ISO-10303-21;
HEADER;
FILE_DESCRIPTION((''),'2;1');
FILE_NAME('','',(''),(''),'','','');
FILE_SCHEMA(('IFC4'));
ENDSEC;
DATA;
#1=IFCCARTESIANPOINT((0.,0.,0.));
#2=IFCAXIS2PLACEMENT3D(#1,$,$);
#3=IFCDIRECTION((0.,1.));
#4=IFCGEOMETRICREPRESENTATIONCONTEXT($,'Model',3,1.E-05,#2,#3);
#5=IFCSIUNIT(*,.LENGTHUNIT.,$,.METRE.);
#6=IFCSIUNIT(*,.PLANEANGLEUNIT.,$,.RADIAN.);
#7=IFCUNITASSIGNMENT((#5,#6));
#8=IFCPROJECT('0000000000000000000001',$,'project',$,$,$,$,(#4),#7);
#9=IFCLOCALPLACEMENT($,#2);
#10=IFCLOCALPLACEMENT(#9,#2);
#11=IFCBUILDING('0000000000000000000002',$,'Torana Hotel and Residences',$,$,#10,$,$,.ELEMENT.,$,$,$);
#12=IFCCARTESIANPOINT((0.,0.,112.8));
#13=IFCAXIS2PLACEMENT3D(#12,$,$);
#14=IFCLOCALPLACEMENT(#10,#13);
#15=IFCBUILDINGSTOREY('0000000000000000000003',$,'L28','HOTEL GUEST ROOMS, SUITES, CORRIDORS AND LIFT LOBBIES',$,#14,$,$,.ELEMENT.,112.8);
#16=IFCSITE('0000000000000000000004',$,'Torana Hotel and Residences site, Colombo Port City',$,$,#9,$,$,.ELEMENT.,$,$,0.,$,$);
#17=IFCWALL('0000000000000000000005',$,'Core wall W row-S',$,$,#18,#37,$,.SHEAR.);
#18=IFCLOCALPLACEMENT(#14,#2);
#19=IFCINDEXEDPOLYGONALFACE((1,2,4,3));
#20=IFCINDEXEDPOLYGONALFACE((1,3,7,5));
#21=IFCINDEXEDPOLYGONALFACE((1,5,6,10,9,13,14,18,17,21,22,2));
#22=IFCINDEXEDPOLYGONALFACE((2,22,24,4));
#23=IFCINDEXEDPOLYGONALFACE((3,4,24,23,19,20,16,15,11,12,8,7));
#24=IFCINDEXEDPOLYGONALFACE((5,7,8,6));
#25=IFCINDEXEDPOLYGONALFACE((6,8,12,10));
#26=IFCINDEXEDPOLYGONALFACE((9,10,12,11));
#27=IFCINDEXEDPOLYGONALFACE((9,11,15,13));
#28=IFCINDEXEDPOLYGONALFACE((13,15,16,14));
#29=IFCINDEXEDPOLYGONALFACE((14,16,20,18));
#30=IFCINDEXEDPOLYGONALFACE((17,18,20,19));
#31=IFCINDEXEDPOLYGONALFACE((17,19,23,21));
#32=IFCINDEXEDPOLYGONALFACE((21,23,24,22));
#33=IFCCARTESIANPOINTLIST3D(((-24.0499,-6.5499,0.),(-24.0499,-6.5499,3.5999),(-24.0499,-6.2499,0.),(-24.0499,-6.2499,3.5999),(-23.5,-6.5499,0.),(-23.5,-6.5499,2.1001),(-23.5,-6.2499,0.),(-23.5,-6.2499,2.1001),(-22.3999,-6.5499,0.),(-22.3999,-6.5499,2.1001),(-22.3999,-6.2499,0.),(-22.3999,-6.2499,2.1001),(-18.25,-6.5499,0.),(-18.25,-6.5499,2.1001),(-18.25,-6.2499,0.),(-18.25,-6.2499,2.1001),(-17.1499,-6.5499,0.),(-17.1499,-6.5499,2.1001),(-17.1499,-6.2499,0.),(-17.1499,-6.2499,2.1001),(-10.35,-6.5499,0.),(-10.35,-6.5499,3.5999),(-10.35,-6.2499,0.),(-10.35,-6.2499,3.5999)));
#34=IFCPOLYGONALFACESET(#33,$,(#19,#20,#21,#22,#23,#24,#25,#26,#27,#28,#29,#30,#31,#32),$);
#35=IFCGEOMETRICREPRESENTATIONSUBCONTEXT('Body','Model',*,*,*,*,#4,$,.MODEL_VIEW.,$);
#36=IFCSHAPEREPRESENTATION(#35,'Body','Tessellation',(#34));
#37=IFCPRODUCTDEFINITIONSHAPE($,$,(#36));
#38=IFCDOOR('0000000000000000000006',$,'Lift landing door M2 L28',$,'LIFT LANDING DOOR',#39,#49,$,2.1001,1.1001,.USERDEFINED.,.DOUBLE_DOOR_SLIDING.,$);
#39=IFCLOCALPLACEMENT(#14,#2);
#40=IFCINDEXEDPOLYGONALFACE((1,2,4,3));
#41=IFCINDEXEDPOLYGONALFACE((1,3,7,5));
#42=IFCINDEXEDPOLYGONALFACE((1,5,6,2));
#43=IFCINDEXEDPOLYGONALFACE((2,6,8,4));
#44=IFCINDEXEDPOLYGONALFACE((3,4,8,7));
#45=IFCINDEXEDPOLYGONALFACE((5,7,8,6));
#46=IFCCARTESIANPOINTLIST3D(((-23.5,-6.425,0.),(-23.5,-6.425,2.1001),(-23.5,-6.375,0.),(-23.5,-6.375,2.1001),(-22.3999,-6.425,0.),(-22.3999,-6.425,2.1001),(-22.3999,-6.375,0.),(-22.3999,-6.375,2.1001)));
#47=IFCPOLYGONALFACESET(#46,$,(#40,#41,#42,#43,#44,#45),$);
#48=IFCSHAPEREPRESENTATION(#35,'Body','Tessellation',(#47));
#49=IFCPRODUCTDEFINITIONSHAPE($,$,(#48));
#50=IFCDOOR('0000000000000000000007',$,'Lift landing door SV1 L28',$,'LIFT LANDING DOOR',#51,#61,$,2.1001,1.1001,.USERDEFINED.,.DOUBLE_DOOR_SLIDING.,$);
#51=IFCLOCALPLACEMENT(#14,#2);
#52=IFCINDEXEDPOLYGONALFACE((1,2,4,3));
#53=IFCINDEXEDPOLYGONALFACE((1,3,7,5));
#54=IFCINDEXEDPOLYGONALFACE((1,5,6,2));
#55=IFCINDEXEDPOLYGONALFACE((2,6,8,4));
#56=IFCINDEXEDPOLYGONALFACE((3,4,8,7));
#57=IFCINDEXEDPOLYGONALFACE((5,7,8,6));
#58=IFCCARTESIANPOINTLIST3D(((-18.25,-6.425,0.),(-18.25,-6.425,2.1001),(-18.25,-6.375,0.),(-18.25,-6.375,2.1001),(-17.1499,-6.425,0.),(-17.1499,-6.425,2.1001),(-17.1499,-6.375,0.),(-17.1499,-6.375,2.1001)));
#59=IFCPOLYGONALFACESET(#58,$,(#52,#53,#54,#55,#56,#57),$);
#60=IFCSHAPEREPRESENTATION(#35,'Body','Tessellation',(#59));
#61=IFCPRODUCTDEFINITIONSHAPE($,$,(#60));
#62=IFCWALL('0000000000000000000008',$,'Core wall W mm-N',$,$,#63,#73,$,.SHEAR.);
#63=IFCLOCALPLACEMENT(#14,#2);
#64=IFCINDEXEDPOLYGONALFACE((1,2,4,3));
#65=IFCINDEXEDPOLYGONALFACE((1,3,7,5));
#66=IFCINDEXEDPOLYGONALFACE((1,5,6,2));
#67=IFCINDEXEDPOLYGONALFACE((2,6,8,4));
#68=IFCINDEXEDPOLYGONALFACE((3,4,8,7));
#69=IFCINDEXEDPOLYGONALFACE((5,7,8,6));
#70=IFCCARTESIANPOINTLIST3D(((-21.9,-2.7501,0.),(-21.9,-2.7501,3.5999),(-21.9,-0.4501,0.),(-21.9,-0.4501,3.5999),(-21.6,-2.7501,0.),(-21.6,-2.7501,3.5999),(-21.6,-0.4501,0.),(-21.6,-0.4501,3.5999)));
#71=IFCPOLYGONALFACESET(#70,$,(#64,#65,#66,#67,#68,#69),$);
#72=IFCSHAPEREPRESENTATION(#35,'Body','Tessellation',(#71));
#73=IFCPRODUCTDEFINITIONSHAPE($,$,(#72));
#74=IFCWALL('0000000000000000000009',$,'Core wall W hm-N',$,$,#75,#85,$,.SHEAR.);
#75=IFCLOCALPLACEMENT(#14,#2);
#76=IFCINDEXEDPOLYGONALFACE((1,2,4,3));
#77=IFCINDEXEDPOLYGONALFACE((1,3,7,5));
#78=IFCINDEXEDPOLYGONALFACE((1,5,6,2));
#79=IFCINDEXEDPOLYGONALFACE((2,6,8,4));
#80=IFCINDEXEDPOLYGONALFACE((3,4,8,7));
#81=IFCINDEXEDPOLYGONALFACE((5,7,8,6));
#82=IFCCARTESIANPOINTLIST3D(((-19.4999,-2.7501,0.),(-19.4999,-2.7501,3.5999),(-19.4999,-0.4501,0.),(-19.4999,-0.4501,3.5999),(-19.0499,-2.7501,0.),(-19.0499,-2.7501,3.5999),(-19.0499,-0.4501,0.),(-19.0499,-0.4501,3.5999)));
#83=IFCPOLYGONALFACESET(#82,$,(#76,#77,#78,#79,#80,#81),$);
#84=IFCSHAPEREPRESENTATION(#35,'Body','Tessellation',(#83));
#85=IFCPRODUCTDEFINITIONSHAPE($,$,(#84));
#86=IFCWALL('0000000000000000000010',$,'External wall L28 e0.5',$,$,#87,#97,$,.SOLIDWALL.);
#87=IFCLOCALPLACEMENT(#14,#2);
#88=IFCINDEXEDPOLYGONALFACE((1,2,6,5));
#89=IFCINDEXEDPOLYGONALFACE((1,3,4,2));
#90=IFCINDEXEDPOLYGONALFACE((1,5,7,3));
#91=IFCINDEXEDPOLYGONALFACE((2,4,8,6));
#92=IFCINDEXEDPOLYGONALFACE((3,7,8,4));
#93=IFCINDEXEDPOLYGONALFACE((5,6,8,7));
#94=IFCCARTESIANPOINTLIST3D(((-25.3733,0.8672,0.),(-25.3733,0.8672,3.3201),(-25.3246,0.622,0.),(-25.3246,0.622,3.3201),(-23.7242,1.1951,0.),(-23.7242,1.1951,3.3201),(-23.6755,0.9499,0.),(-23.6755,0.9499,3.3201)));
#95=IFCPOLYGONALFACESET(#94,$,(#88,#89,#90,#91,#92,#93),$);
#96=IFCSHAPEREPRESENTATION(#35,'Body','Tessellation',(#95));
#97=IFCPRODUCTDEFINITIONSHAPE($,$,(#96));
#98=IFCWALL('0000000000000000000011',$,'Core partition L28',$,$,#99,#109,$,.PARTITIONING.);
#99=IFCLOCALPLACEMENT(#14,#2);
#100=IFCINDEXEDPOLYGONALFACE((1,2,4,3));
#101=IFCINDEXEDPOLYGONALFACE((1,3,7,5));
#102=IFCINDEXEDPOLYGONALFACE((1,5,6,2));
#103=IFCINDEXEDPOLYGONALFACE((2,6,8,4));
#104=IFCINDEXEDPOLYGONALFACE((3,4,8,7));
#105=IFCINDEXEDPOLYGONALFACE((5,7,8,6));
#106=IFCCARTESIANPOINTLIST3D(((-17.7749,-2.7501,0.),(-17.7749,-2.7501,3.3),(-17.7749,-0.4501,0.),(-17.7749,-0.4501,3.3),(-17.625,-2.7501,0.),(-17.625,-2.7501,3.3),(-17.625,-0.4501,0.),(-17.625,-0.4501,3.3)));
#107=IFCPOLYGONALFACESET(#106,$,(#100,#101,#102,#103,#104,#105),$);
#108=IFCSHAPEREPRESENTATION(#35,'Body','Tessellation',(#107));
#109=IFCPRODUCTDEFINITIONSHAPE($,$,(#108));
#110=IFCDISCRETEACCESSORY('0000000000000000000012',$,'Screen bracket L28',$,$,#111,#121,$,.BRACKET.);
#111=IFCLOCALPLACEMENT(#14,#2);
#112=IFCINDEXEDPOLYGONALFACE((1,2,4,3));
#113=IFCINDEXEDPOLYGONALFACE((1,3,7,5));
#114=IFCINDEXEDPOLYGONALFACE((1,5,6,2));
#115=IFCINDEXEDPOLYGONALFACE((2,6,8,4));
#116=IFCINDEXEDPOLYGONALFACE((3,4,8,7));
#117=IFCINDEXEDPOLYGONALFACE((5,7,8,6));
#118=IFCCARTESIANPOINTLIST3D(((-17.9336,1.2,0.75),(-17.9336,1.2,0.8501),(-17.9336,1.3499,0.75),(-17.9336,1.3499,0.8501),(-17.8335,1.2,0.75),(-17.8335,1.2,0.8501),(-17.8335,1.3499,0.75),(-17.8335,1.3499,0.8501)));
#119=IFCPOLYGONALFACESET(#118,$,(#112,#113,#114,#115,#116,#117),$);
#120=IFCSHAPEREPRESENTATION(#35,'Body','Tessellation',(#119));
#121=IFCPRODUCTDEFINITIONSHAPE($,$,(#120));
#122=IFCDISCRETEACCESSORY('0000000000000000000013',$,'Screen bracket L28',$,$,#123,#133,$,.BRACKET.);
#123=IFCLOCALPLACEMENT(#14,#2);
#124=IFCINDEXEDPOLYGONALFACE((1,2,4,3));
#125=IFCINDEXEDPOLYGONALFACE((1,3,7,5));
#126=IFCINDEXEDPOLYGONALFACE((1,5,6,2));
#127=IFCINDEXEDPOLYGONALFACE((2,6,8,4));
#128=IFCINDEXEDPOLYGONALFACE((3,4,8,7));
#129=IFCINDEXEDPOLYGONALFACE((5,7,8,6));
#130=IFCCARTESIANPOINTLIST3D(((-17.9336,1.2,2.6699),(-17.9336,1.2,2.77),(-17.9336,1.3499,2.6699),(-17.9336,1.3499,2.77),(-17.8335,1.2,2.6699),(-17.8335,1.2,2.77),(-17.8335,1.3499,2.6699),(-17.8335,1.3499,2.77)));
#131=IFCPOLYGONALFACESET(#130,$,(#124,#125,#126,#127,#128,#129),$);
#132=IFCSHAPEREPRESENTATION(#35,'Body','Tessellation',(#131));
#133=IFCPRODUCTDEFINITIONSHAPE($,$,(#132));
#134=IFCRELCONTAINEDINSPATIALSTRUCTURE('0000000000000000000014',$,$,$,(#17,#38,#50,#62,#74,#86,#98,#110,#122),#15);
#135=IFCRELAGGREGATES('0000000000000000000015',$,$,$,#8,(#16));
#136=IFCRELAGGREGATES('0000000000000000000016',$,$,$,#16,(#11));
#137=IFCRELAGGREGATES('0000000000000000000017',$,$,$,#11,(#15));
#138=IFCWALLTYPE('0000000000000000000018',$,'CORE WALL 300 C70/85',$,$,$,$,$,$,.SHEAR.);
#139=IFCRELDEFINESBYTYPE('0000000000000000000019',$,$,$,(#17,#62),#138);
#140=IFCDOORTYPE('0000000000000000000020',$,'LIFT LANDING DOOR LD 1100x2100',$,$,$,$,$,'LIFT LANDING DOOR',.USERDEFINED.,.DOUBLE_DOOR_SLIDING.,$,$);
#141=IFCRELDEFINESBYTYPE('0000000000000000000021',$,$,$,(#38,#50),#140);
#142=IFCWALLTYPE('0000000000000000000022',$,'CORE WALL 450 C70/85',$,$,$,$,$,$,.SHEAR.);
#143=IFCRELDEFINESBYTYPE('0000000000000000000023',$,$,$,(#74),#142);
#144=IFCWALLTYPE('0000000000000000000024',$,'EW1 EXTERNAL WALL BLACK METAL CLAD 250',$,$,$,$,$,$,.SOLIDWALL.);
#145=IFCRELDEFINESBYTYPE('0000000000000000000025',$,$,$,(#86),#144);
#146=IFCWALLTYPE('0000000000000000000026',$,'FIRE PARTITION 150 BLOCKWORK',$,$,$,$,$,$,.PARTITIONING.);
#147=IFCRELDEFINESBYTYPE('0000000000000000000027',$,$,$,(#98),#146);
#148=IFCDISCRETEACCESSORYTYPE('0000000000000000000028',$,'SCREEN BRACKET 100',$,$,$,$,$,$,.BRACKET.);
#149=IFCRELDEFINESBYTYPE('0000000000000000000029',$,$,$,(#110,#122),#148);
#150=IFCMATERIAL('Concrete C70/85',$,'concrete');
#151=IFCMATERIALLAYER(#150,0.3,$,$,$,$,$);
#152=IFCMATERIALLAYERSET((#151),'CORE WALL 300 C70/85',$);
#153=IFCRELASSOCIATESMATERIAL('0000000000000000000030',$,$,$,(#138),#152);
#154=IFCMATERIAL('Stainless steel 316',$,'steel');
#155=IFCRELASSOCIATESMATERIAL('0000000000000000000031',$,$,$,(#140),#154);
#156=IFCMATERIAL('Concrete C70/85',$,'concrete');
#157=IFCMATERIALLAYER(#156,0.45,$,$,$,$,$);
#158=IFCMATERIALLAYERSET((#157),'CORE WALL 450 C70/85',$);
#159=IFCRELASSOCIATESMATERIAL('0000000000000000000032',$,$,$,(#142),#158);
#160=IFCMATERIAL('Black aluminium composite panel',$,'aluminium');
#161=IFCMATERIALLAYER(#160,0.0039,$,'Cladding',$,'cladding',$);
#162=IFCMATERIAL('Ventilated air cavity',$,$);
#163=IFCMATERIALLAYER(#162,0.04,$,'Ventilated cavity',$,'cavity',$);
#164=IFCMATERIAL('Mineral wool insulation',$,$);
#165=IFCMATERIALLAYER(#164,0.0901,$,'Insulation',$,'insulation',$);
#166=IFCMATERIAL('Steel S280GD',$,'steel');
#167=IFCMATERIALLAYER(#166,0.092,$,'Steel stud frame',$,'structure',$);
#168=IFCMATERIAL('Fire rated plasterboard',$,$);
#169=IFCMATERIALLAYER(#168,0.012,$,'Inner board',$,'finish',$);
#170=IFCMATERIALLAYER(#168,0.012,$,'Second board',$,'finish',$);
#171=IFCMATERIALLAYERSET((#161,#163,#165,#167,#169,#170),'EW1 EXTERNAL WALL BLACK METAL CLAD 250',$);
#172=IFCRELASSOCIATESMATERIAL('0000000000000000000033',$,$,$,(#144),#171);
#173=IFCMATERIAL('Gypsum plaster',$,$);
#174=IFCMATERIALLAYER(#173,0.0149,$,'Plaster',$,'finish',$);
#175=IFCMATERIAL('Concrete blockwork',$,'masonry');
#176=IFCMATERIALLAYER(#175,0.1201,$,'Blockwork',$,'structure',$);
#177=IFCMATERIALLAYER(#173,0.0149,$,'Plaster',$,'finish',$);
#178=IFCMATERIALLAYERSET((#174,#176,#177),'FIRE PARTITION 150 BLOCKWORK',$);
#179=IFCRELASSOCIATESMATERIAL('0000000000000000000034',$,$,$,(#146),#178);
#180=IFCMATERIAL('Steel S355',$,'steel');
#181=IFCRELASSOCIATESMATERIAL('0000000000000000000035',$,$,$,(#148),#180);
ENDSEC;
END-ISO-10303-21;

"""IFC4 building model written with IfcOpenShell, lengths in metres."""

from ifc_helpers import new_model, si_unit, direction, frame, frame_2d, origin, origin_2d, place, context, subcontext, project, spatial, rectangle, extrude, material, layer, layer_set, type_object, element, fill, save


model = new_model("IFC4")

# Units and contexts
model_context = context("Model", 3, precision=1e-05, world=origin(), true_north=direction((0.0, 1.0)))
body_context = subcontext(model_context, "Body", "Model", "MODEL_VIEW")
ifc_project = project(units=[si_unit("LENGTHUNIT", "METRE"), si_unit("PLANEANGLEUNIT", "RADIAN")], contexts=[model_context])

# Site, building, storey
site_placement = place(None, origin())
site = spatial("IfcSite", under=ifc_project, at=site_placement, Name="Torana Hotel and Residences site, Colombo Port City", CompositionType="ELEMENT", RefElevation=0.0)
building_placement = place(site_placement, origin())
building = spatial("IfcBuilding", under=site, at=building_placement, Name="Torana Hotel and Residences", CompositionType="ELEMENT")
storey_placement = place(building_placement, frame((0.0, 0.0, 112.8)))
storey = spatial("IfcBuildingStorey", under=building, at=storey_placement, Name="L28", Description="HOTEL GUEST ROOMS, SUITES, CORRIDORS AND LIFT LOBBIES", CompositionType="ELEMENT", Elevation=112.8)

# Wall, openings, doors
ifc_material_1 = material(Name="Concrete C70/85", Category="concrete")
ifc_layer_1 = layer(ifc_material_1, 0.3)
ifc_layer_set_1 = layer_set([ifc_layer_1], Name="CORE WALL 300 C70/85")
wall_type_1 = type_object("IfcWallType", Name="CORE WALL 300 C70/85", PredefinedType="SHEAR", material=ifc_layer_set_1)
ifc_material_2 = material(Name="Stainless steel 316", Category="steel")
door_type_1 = type_object("IfcDoorType", Name="LIFT LANDING DOOR LD 1100x2100", ElementType="LIFT LANDING DOOR", OperationType="DOUBLE_DOOR_SLIDING", PredefinedType="USERDEFINED", material=ifc_material_2)
wall_1_placement = place(storey_placement, frame((-24.05, -6.3999, 0.0), z_axis=(0.0, 0.0, 1.0), x_axis=(1.0, 0.0, 0.0)))
wall_1 = element("IfcWall", 1, at=wall_1_placement, inside=storey, type_object=wall_type_1, Name="Core wall W row-S", PredefinedType="SHEAR", context=body_context, shape_type="SweptSolid", body=[
    extrude(rectangle(XDim=13.7, YDim=0.3, at=frame_2d((6.8501, 0.0))), origin(), (0.0, 0.0, 1.0), 3.5999),
])
opening_1_placement = place(wall_1_placement, frame((0.55, 0.0, 0.0)))
opening_1 = element("IfcOpeningElement", 2, at=opening_1_placement, cuts=wall_1, PredefinedType="OPENING", context=body_context, shape_type="SweptSolid", body=[
    extrude(rectangle(XDim=1.1001, YDim=2.1001, at=frame_2d((0.55, 1.05))), frame((0.0, 0.1599, 0.0), z_axis=(0.0, -1.0, 0.0), x_axis=(1.0, 0.0, 0.0)), (0.0, 0.0, 1.0), 0.3201),
])
opening_2_placement = place(wall_1_placement, frame((5.8, 0.0, 0.0)))
opening_2 = element("IfcOpeningElement", 3, at=opening_2_placement, cuts=wall_1, PredefinedType="OPENING", context=body_context, shape_type="SweptSolid", body=[
    extrude(rectangle(XDim=1.1001, YDim=2.1001, at=frame_2d((0.55, 1.05))), frame((0.0, 0.1599, 0.0), z_axis=(0.0, -1.0, 0.0), x_axis=(1.0, 0.0, 0.0)), (0.0, 0.0, 1.0), 0.3201),
])
door_1_placement = place(opening_1_placement, origin())
door_1 = element("IfcDoor", 4, at=door_1_placement, inside=storey, type_object=door_type_1, Name="Lift landing door M2 L28", ObjectType="LIFT LANDING DOOR", OperationType="DOUBLE_DOOR_SLIDING", OverallHeight=2.1001, OverallWidth=1.1001, PredefinedType="USERDEFINED", context=body_context, shape_type="SweptSolid", body=[
    extrude(rectangle(XDim=1.1001, YDim=2.1001, at=frame_2d((0.55, 1.05))), frame((0.0, 0.0249, 0.0), z_axis=(0.0, -1.0, 0.0), x_axis=(1.0, 0.0, 0.0)), (0.0, 0.0, 1.0), 0.05),
])
fill(opening_1, door_1)
door_2_placement = place(opening_2_placement, origin())
door_2 = element("IfcDoor", 5, at=door_2_placement, inside=storey, type_object=door_type_1, Name="Lift landing door SV1 L28", ObjectType="LIFT LANDING DOOR", OperationType="DOUBLE_DOOR_SLIDING", OverallHeight=2.1001, OverallWidth=1.1001, PredefinedType="USERDEFINED", context=body_context, shape_type="SweptSolid", body=[
    extrude(rectangle(XDim=1.1001, YDim=2.1001, at=frame_2d((0.55, 1.05))), frame((0.0, 0.0249, 0.0), z_axis=(0.0, -1.0, 0.0), x_axis=(1.0, 0.0, 0.0)), (0.0, 0.0, 1.0), 0.05),
])
fill(opening_2, door_2)

# Walls
wall_2_placement = place(storey_placement, frame((-21.75, -2.75, 0.0), z_axis=(0.0, 0.0, 1.0), x_axis=(0.0, 1.0, 0.0)))
element("IfcWall", 6, at=wall_2_placement, inside=storey, type_object=wall_type_1, Name="Core wall W mm-N", PredefinedType="SHEAR", context=body_context, shape_type="SweptSolid", body=[
    extrude(rectangle(XDim=2.3, YDim=0.3, at=frame_2d((1.1499, 0.0))), origin(), (0.0, 0.0, 1.0), 3.5999),
])
ifc_material_3 = material(Name="Concrete C70/85", Category="concrete")
ifc_layer_2 = layer(ifc_material_3, 0.45)
ifc_layer_set_2 = layer_set([ifc_layer_2], Name="CORE WALL 450 C70/85")
wall_type_2 = type_object("IfcWallType", Name="CORE WALL 450 C70/85", PredefinedType="SHEAR", material=ifc_layer_set_2)
wall_3_placement = place(storey_placement, frame((-19.2749, -2.75, 0.0), z_axis=(0.0, 0.0, 1.0), x_axis=(0.0, 1.0, 0.0)))
element("IfcWall", 7, at=wall_3_placement, inside=storey, type_object=wall_type_2, Name="Core wall W hm-N", PredefinedType="SHEAR", context=body_context, shape_type="SweptSolid", body=[
    extrude(rectangle(XDim=2.3, YDim=0.45, at=frame_2d((1.1499, 0.0))), origin(), (0.0, 0.0, 1.0), 3.5999),
])
ifc_material_4 = material(Name="Black aluminium composite panel", Category="aluminium")
ifc_layer_3 = layer(ifc_material_4, 0.0039, Name="Cladding", Category="cladding")
ifc_material_5 = material(Name="Ventilated air cavity")
ifc_layer_4 = layer(ifc_material_5, 0.04, Name="Ventilated cavity", Category="cavity")
ifc_material_6 = material(Name="Mineral wool insulation")
ifc_layer_5 = layer(ifc_material_6, 0.0901, Name="Insulation", Category="insulation")
ifc_material_7 = material(Name="Steel S280GD", Category="steel")
ifc_layer_6 = layer(ifc_material_7, 0.092, Name="Steel stud frame", Category="structure")
ifc_material_8 = material(Name="Fire rated plasterboard")
ifc_layer_7 = layer(ifc_material_8, 0.012, Name="Inner board", Category="finish")
ifc_layer_8 = layer(ifc_material_8, 0.012, Name="Second board", Category="finish")
ifc_layer_set_3 = layer_set([ifc_layer_3, ifc_layer_4, ifc_layer_5, ifc_layer_6, ifc_layer_7, ifc_layer_8], Name="EW1 EXTERNAL WALL BLACK METAL CLAD 250")
wall_type_3 = type_object("IfcWallType", Name="EW1 EXTERNAL WALL BLACK METAL CLAD 250", PredefinedType="SOLIDWALL", material=ifc_layer_set_3)
wall_4_placement = place(storey_placement, frame((-23.6997, 1.0725, 0.0), z_axis=(0.0, 0.0, 1.0), x_axis=(-0.980803, -0.194999, 0.0)))
element("IfcWall", 8, at=wall_4_placement, inside=storey, type_object=wall_type_3, Name="External wall L28 e0.5", PredefinedType="SOLIDWALL", context=body_context, shape_type="SweptSolid", body=[
    extrude(rectangle(XDim=1.6814, YDim=0.25, at=frame_2d((0.8408, 0.0))), origin(), (0.0, 0.0, 1.0), 3.3201),
])
ifc_material_9 = material(Name="Gypsum plaster")
ifc_layer_9 = layer(ifc_material_9, 0.0149, Name="Plaster", Category="finish")
ifc_material_10 = material(Name="Concrete blockwork", Category="masonry")
ifc_layer_10 = layer(ifc_material_10, 0.1201, Name="Blockwork", Category="structure")
ifc_layer_11 = layer(ifc_material_9, 0.0149, Name="Plaster", Category="finish")
ifc_layer_set_4 = layer_set([ifc_layer_9, ifc_layer_10, ifc_layer_11], Name="FIRE PARTITION 150 BLOCKWORK")
wall_type_4 = type_object("IfcWallType", Name="FIRE PARTITION 150 BLOCKWORK", PredefinedType="PARTITIONING", material=ifc_layer_set_4)
wall_5_placement = place(storey_placement, frame((-17.7, -2.75, 0.0), z_axis=(0.0, 0.0, 1.0), x_axis=(0.0, 1.0, 0.0)))
element("IfcWall", 9, at=wall_5_placement, inside=storey, type_object=wall_type_4, Name="Core partition L28", PredefinedType="PARTITIONING", context=body_context, shape_type="SweptSolid", body=[
    extrude(rectangle(XDim=2.3, YDim=0.1499, at=frame_2d((1.1499, 0.0))), origin(), (0.0, 0.0, 1.0), 3.3),
])

# Discrete accessories
ifc_material_11 = material(Name="Steel S355", Category="steel")
discrete_accessory_type = type_object("IfcDiscreteAccessoryType", Name="SCREEN BRACKET 100", PredefinedType="BRACKET", material=ifc_material_11)
for number, where, z_axis, x_axis, name in (
    (10, (-17.8835, 1.2749, 0.75), (0.0, 0.0, 1.0), (-1.0, 0.0, 0.0), "Screen bracket L28"),
    (11, (-17.8835, 1.2749, 2.6699), (0.0, 0.0, 1.0), (-1.0, 0.0, 0.0), "Screen bracket L28"),
):
    element("IfcDiscreteAccessory", number, at=place(storey_placement, frame(where, z_axis=z_axis, x_axis=x_axis)), inside=storey, type_object=discrete_accessory_type, Name=name, PredefinedType="BRACKET", context=body_context, shape_type="SweptSolid", body=[
        extrude(rectangle(XDim=0.1001, YDim=0.1499, at=origin_2d()), origin(), (0.0, 0.0, 1.0), 0.1001),
    ])

save(model, "model.ifc")
